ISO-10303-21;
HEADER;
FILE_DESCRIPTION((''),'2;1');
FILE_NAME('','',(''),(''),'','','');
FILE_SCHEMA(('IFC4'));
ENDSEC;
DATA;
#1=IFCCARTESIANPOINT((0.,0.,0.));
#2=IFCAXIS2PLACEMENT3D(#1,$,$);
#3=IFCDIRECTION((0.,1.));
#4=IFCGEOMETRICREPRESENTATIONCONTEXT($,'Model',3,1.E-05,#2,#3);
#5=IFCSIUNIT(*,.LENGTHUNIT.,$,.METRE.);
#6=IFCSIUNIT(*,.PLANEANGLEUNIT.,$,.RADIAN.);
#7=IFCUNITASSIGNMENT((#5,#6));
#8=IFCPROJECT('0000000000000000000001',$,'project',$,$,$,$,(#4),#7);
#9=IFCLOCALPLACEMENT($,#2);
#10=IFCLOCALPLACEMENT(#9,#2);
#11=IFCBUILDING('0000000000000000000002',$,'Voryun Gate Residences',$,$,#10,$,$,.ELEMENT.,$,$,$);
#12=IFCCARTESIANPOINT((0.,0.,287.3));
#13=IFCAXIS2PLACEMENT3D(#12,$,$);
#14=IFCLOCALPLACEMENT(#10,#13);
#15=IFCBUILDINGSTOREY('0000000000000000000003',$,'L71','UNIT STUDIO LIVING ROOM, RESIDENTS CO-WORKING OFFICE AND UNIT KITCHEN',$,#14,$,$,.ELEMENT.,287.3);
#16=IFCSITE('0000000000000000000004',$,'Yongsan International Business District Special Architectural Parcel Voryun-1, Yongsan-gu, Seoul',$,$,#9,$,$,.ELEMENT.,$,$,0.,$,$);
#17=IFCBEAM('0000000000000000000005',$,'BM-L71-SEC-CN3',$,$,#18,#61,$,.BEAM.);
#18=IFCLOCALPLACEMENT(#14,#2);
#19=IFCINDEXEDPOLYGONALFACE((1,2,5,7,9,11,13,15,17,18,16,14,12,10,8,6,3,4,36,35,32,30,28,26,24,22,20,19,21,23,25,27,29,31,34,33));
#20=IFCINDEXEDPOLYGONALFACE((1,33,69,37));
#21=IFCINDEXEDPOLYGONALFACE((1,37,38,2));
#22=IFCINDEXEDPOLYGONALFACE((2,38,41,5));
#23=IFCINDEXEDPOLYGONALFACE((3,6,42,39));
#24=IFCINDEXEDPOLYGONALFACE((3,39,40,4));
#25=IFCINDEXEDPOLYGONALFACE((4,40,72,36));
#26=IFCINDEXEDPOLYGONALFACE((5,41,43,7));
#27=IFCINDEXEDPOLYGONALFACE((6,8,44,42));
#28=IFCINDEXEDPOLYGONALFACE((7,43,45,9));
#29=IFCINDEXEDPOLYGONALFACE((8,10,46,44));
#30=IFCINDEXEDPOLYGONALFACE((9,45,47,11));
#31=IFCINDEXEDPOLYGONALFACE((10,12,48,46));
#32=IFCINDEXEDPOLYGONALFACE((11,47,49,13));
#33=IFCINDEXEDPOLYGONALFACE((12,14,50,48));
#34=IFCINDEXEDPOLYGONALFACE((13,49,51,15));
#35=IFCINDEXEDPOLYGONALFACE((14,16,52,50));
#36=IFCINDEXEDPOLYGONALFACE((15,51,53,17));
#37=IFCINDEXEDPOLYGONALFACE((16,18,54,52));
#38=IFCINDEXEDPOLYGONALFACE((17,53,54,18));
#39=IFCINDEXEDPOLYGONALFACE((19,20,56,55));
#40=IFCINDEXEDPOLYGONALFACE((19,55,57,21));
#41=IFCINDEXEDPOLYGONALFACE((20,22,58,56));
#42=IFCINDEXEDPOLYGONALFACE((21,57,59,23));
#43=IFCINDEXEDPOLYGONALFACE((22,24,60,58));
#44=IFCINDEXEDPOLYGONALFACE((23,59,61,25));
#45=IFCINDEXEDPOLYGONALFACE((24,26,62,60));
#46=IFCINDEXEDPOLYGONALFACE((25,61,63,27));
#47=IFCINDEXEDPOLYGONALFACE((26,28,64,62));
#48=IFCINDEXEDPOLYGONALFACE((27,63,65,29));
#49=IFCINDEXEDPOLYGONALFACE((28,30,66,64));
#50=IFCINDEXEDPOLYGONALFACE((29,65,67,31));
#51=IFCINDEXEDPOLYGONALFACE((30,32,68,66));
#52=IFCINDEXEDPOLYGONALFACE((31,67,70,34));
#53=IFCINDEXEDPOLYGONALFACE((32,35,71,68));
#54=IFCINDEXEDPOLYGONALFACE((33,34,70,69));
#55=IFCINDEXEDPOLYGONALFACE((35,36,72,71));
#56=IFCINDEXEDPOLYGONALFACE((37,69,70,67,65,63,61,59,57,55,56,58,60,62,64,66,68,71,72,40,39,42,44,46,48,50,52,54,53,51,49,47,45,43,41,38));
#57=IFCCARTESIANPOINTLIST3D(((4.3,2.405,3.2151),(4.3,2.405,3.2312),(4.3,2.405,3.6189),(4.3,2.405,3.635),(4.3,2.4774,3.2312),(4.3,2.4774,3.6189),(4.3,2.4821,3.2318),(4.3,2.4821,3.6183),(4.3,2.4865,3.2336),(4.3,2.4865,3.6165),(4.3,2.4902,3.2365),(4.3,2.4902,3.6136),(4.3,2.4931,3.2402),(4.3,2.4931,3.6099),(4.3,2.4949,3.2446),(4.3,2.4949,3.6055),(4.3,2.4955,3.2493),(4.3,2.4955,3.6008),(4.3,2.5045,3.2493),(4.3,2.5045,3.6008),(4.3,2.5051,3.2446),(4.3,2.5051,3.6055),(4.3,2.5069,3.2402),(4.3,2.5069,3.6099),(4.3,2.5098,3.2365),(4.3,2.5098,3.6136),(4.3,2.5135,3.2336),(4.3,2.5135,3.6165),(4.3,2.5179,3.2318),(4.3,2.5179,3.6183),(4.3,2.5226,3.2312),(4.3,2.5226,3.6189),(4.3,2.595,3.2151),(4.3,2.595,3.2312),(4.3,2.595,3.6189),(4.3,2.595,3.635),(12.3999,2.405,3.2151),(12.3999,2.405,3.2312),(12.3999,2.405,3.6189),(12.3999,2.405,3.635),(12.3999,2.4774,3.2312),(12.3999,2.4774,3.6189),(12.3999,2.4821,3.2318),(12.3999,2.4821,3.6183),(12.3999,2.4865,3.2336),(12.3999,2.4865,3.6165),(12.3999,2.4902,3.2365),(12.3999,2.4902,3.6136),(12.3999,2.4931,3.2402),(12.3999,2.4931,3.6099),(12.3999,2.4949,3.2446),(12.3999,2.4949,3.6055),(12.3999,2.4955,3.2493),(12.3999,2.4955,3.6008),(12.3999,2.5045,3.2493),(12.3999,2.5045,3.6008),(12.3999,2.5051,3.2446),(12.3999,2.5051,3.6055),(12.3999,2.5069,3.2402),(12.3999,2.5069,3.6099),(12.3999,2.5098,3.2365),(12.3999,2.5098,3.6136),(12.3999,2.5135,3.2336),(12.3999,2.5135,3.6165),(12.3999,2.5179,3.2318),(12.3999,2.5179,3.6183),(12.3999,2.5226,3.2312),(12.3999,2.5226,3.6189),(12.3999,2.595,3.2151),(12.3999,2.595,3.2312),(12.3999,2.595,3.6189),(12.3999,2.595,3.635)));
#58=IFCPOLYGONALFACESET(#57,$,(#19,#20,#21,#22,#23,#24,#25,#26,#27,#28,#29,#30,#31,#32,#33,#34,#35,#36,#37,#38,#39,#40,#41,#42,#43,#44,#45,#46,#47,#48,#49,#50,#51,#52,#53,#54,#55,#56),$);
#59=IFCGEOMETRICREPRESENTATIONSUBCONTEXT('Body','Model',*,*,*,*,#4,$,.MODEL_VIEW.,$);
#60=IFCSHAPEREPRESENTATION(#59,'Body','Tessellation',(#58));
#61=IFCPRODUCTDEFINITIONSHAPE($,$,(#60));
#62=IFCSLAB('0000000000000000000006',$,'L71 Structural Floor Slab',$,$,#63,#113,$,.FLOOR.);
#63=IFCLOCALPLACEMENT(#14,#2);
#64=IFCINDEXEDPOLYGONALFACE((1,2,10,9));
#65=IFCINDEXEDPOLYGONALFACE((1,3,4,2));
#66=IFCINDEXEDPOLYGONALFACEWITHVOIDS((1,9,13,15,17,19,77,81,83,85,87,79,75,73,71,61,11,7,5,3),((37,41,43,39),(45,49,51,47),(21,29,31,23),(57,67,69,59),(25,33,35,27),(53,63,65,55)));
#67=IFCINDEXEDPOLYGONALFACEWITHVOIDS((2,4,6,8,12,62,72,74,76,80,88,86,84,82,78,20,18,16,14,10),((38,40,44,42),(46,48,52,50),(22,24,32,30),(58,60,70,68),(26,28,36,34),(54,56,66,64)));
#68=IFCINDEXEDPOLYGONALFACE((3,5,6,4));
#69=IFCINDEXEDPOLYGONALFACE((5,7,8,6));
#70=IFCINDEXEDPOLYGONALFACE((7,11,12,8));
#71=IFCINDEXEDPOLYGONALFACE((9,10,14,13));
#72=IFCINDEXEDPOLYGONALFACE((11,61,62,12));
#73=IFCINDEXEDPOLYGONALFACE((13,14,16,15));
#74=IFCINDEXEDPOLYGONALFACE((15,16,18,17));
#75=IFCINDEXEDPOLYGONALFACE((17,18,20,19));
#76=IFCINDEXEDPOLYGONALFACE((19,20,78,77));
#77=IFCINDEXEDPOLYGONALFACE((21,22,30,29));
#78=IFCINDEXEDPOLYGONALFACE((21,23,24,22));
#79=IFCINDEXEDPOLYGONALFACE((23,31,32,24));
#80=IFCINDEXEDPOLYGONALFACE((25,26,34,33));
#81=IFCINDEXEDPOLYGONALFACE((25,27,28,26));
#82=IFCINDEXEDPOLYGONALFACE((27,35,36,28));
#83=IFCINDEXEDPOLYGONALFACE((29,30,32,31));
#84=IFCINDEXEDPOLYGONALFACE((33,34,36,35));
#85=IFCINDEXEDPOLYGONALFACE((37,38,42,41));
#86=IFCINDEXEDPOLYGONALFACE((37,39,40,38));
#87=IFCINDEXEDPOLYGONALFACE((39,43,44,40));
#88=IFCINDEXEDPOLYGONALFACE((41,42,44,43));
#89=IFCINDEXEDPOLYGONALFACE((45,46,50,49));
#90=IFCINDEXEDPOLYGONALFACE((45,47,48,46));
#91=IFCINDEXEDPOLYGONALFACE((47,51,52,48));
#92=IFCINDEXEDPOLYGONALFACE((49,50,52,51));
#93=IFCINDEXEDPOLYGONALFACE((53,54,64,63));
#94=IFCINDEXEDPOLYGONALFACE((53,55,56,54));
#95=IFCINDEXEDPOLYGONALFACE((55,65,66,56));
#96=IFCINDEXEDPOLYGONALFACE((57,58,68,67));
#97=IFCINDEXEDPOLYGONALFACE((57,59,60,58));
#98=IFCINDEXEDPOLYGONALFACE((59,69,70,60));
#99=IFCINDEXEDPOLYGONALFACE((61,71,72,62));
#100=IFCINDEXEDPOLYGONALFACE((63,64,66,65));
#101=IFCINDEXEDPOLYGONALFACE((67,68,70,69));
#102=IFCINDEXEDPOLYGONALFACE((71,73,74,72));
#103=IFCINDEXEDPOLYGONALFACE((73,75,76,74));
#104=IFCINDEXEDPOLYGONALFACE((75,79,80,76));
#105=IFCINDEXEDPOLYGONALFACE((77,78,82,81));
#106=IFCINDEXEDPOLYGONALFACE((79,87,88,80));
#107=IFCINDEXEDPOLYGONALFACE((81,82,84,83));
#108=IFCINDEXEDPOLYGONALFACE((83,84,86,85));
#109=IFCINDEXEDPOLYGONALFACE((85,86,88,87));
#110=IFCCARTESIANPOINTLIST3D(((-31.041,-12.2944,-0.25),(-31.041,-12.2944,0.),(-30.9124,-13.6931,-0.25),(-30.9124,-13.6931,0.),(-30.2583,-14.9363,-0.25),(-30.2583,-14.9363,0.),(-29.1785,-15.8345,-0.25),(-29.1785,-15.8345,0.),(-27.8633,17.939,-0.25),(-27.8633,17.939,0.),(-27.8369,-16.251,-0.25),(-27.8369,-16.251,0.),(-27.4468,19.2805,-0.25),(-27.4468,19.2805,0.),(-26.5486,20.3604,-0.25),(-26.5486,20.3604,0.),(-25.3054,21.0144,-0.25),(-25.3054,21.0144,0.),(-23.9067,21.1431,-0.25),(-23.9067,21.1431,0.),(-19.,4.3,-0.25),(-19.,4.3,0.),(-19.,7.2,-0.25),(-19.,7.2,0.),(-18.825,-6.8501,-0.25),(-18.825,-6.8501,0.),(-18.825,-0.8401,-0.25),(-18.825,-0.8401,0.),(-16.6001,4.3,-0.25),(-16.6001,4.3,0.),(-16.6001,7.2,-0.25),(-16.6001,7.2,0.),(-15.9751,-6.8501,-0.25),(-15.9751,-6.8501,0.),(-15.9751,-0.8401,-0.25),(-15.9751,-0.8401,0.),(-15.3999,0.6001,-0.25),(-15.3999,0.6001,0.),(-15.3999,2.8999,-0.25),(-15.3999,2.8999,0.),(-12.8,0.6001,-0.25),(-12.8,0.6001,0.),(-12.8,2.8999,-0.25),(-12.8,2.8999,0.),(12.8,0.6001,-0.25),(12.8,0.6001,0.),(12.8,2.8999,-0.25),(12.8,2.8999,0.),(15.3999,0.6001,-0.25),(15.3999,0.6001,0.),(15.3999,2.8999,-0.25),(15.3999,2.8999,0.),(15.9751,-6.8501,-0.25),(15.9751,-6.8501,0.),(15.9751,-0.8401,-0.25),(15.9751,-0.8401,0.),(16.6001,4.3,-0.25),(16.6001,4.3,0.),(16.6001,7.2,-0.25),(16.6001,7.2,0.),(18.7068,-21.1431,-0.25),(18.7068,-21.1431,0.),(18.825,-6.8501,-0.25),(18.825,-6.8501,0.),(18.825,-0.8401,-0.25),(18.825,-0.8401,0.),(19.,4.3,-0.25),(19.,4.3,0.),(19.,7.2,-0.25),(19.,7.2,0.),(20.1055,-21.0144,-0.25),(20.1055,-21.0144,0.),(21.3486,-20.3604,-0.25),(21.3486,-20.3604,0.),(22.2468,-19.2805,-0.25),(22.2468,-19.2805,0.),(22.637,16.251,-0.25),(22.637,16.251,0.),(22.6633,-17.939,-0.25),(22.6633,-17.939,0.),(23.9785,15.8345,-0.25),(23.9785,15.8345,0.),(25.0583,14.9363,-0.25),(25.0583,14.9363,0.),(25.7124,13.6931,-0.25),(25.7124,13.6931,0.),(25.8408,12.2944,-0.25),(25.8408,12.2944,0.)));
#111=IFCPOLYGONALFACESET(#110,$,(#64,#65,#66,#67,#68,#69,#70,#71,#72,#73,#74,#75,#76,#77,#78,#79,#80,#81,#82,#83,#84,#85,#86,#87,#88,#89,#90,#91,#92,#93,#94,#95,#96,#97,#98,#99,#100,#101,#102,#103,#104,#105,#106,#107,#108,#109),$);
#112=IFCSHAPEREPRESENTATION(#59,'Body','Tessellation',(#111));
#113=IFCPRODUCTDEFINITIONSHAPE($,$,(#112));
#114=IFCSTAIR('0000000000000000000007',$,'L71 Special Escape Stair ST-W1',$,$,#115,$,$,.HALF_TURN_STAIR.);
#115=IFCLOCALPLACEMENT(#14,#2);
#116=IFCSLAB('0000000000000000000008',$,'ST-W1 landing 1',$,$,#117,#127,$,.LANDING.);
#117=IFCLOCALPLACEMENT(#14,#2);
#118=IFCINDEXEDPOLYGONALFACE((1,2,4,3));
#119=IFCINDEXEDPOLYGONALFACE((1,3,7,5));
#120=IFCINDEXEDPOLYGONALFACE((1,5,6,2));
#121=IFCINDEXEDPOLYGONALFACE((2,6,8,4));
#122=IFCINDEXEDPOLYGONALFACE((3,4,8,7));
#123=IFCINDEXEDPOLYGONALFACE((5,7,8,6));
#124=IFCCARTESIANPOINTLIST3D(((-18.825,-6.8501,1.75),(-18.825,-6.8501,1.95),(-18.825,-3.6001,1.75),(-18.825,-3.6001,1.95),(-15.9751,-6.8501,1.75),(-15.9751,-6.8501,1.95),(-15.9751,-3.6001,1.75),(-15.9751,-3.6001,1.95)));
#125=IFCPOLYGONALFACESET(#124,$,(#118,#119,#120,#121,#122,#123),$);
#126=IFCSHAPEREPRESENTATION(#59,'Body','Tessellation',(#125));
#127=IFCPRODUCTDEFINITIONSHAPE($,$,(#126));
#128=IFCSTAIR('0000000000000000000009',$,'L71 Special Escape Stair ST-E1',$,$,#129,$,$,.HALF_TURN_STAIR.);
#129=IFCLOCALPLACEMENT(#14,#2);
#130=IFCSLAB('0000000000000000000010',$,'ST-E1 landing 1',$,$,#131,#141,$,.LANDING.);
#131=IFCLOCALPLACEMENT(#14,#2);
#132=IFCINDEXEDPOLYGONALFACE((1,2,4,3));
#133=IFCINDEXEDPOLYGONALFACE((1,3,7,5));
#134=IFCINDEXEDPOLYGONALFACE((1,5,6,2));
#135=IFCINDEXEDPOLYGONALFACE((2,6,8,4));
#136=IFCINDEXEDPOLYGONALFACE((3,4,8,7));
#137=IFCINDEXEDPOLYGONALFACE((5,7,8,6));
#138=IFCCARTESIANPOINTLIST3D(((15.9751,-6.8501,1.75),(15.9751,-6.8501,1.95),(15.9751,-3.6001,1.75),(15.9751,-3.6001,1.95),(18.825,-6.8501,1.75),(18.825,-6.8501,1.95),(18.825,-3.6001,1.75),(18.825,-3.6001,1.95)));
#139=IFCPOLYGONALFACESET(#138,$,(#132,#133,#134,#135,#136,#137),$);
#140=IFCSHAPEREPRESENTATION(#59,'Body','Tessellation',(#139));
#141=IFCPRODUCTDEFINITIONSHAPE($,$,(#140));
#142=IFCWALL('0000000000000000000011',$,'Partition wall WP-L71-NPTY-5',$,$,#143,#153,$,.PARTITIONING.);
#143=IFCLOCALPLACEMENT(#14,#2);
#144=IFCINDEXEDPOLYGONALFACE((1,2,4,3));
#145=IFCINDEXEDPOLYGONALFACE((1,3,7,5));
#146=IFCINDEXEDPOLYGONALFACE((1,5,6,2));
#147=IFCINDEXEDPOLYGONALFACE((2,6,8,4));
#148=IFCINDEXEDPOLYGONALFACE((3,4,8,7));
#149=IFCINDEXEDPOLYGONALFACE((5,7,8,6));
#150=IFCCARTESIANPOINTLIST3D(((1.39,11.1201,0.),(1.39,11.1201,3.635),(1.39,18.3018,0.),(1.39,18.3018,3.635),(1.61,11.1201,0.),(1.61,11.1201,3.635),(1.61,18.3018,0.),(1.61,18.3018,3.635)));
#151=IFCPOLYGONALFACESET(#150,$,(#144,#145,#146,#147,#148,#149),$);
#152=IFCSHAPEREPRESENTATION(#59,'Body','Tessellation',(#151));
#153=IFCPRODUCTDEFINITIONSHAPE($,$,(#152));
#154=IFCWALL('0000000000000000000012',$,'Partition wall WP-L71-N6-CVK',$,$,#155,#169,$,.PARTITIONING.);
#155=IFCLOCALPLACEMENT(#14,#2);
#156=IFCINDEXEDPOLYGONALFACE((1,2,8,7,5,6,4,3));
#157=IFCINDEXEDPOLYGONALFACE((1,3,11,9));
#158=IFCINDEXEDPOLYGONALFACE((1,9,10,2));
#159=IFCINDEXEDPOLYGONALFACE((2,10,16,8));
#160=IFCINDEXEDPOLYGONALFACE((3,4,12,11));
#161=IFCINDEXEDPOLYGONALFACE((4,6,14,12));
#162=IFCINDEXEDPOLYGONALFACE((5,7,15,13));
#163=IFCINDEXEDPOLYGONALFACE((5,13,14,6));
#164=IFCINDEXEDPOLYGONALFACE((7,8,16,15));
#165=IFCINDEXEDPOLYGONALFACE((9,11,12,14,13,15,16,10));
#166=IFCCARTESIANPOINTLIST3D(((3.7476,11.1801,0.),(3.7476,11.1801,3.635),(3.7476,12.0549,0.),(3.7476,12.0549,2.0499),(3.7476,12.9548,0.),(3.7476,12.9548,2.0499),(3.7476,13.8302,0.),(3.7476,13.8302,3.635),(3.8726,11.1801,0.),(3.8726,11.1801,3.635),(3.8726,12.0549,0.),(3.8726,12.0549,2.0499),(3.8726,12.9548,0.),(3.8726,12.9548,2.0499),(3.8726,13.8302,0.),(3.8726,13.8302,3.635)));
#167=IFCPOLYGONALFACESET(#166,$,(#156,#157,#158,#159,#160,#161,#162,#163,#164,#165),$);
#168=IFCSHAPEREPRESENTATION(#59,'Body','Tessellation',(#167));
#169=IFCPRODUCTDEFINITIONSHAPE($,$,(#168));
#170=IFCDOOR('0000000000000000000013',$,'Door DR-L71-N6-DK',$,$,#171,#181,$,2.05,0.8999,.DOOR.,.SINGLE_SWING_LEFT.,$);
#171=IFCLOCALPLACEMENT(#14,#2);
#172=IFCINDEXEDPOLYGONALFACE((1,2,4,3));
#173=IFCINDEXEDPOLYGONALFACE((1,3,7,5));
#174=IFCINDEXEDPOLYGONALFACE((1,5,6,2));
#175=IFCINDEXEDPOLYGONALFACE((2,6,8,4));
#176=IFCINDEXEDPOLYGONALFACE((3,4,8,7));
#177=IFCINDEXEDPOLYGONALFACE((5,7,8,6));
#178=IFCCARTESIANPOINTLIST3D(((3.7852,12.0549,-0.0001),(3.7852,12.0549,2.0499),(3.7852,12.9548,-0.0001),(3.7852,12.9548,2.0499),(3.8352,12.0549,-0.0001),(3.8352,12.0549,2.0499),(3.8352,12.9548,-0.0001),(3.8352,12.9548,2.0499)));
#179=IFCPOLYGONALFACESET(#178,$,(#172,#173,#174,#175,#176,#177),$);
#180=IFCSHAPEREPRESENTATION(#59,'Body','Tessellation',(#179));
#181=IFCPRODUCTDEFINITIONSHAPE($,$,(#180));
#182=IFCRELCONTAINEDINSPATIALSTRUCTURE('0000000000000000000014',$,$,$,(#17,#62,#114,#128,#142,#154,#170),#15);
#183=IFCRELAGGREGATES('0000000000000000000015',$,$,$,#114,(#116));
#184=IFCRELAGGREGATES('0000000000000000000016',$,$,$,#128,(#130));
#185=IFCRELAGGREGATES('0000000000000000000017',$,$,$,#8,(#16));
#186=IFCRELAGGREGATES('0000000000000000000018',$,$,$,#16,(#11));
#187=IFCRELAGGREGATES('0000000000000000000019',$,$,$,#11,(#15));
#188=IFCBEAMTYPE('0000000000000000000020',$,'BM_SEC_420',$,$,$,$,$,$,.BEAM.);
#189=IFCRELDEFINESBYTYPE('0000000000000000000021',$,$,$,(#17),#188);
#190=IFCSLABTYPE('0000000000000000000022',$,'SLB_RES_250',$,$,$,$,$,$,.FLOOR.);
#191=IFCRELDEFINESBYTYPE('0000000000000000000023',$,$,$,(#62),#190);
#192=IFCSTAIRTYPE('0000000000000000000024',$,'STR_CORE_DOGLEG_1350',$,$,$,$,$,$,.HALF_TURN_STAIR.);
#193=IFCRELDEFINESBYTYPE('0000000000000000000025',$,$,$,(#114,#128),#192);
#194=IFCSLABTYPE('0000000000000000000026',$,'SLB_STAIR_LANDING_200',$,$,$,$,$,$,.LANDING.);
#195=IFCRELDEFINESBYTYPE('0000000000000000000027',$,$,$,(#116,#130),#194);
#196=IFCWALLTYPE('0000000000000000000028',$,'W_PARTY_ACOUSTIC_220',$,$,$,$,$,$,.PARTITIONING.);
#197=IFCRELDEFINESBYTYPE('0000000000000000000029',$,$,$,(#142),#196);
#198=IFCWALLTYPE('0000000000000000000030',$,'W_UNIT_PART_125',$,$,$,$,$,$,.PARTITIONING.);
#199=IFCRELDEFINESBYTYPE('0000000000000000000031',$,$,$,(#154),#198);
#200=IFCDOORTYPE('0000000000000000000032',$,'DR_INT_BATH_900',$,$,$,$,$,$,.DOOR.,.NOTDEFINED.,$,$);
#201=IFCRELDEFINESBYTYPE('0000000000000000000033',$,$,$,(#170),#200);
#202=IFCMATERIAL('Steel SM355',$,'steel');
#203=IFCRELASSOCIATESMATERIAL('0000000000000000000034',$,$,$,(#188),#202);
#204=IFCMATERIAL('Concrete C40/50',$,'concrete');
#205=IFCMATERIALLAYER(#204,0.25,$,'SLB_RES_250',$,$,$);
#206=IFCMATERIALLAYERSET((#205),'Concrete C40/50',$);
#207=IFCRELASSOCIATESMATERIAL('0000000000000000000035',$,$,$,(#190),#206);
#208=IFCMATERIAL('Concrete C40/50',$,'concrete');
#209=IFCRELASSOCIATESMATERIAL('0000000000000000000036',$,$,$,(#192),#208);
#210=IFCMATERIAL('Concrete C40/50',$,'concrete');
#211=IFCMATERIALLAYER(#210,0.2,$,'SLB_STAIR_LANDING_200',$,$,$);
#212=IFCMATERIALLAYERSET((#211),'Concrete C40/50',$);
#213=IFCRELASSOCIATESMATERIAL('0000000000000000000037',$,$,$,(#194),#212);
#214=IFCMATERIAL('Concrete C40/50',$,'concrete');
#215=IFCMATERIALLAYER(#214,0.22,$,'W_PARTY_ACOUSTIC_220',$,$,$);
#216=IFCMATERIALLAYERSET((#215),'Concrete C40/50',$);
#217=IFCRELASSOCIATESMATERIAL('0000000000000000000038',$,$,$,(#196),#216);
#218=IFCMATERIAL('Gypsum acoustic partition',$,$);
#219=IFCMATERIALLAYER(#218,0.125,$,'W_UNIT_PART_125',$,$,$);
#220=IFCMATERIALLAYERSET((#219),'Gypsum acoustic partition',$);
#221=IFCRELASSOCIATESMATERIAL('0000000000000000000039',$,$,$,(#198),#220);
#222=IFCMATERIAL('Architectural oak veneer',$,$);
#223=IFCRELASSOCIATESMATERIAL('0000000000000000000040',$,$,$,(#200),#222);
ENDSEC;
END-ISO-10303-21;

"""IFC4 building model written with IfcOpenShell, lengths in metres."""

from ifc_helpers import new_model, si_unit, direction, frame, frame_2d, origin, origin_2d, place, context, subcontext, project, spatial, polyline, rectangle, i_section, outline, extrude, material, layer, layer_set, material_profile, profile_set, type_object, element, fill, aggregate, save


model = new_model("IFC4")

# Units and contexts
model_context = context("Model", 3, precision=1e-05, world=origin(), true_north=direction((0.0, 1.0)))
body_context = subcontext(model_context, "Body", "Model", "MODEL_VIEW")
ifc_project = project(units=[si_unit("LENGTHUNIT", "METRE"), si_unit("PLANEANGLEUNIT", "RADIAN")], contexts=[model_context])

# Site, building, storey
site_placement = place(None, origin())
site = spatial("IfcSite", under=ifc_project, at=site_placement, Name="Yongsan International Business District Special Architectural Parcel Voryun-1, Yongsan-gu, Seoul", CompositionType="ELEMENT", RefElevation=0.0)
building_placement = place(site_placement, origin())
building = spatial("IfcBuilding", under=site, at=building_placement, Name="Voryun Gate Residences", CompositionType="ELEMENT")
storey_placement = place(building_placement, frame((0.0, 0.0, 287.3)))
storey = spatial("IfcBuildingStorey", under=building, at=storey_placement, Name="L71", Description="UNIT STUDIO LIVING ROOM, RESIDENTS CO-WORKING OFFICE AND UNIT KITCHEN", CompositionType="ELEMENT", Elevation=287.3)

# Beam
ifc_material_1 = material(Name="Steel SM355", Category="steel")
ifc_material_profile_1 = material_profile(ifc_material_1, i_section(OverallWidth=0.1899, OverallDepth=0.4199, WebThickness=0.009, FlangeThickness=0.0161, FilletRadius=0.0181, at=origin_2d()), Name="H-420x190x9x16")
ifc_profile_set_1 = profile_set([ifc_material_profile_1], Name="Steel SM355")
beam_type_1 = type_object("IfcBeamType", Name="BM_SEC_420", PredefinedType="BEAM", material=ifc_profile_set_1)
beam_1_placement = place(storey_placement, frame((4.3, 2.5, 3.425), z_axis=(1.0, 0.0, 0.0), x_axis=(0.0, 1.0, 0.0)))
element("IfcBeam", 1, at=beam_1_placement, inside=storey, type_object=beam_type_1, Name="BM-L71-SEC-CN3", PredefinedType="BEAM", context=body_context, shape_type="SweptSolid", body=[
    extrude(i_section(OverallWidth=0.1899, OverallDepth=0.4199, WebThickness=0.009, FlangeThickness=0.0161, FilletRadius=0.0181, at=origin_2d()), origin(), (0.0, 0.0, 1.0), 8.0999),
])

# Slab
ifc_material_2 = material(Name="Concrete C40/50", Category="concrete")
ifc_layer_1 = layer(ifc_material_2, 0.25, Name="SLB_RES_250")
ifc_layer_set_1 = layer_set([ifc_layer_1], Name="Concrete C40/50")
slab_type_1 = type_object("IfcSlabType", Name="SLB_RES_250", PredefinedType="FLOOR", material=ifc_layer_set_1)
slab_1_placement = place(storey_placement, frame((0.0, 0.0, -0.25)))
element("IfcSlab", 2, at=slab_1_placement, inside=storey, type_object=slab_type_1, Name="L71 Structural Floor Slab", PredefinedType="FLOOR", context=body_context, shape_type="SweptSolid", body=[
    extrude(outline(polyline([(-27.8369, -16.251), (-29.1785, -15.8345), (-30.2583, -14.9363), (-30.9124, -13.6931), (-31.041, -12.2944), (-27.8633, 17.939), (-27.4468, 19.2805), (-26.5486, 20.3604), (-25.3054, 21.0144), (-23.9067, 21.1431), (22.637, 16.251), (23.9785, 15.8345), (25.0583, 14.9363), (25.7124, 13.6931), (25.8408, 12.2944), (22.6633, -17.939), (22.2468, -19.2805), (21.3486, -20.3604), (20.1055, -21.0144), (18.7068, -21.1431), (-27.8369, -16.251)]), holes=[polyline([(-15.9751, -0.8401), (-18.825, -0.8401), (-18.825, -6.8501), (-15.9751, -6.8501), (-15.9751, -0.8401)]), polyline([(18.825, -6.8501), (18.825, -0.8401), (15.9751, -0.8401), (15.9751, -6.8501), (18.825, -6.8501)]), polyline([(-12.8, 2.8999), (-15.3999, 2.8999), (-15.3999, 0.6001), (-12.8, 0.6001), (-12.8, 2.8999)]), polyline([(12.8, 2.8999), (12.8, 0.6001), (15.3999, 0.6001), (15.3999, 2.8999), (12.8, 2.8999)]), polyline([(-16.6001, 7.2), (-19.0, 7.2), (-19.0, 4.3), (-16.6001, 4.3), (-16.6001, 7.2)]), polyline([(19.0, 7.2), (16.6001, 7.2), (16.6001, 4.3), (19.0, 4.3), (19.0, 7.2)])]), origin(), (0.0, 0.0, 1.0), 0.25),
])

# Stairs, slabs
ifc_material_3 = material(Name="Concrete C40/50", Category="concrete")
stair_type = type_object("IfcStairType", Name="STR_CORE_DOGLEG_1350", PredefinedType="HALF_TURN_STAIR", material=ifc_material_3)
stair_1_placement = place(storey_placement, origin())
stair_1 = element("IfcStair", 3, at=stair_1_placement, inside=storey, type_object=stair_type, Name="L71 Special Escape Stair ST-W1", PredefinedType="HALF_TURN_STAIR")
ifc_material_4 = material(Name="Concrete C40/50", Category="concrete")
ifc_layer_2 = layer(ifc_material_4, 0.2, Name="SLB_STAIR_LANDING_200")
ifc_layer_set_2 = layer_set([ifc_layer_2], Name="Concrete C40/50")
slab_type_2 = type_object("IfcSlabType", Name="SLB_STAIR_LANDING_200", PredefinedType="LANDING", material=ifc_layer_set_2)
slab_2_placement = place(storey_placement, frame((0.0, 0.0, 1.75)))
slab_2 = element("IfcSlab", 4, at=slab_2_placement, type_object=slab_type_2, Name="ST-W1 landing 1", PredefinedType="LANDING", context=body_context, shape_type="SweptSolid", body=[
    extrude(outline(polyline([(-18.825, -3.6001), (-18.825, -6.8501), (-15.9751, -6.8501), (-15.9751, -3.6001), (-18.825, -3.6001)])), origin(), (0.0, 0.0, 1.0), 0.2),
])
aggregate(stair_1, [slab_2])
stair_2_placement = place(storey_placement, origin())
stair_2 = element("IfcStair", 5, at=stair_2_placement, inside=storey, type_object=stair_type, Name="L71 Special Escape Stair ST-E1", PredefinedType="HALF_TURN_STAIR")
slab_3_placement = place(storey_placement, frame((0.0, 0.0, 1.75)))
slab_3 = element("IfcSlab", 6, at=slab_3_placement, type_object=slab_type_2, Name="ST-E1 landing 1", PredefinedType="LANDING", context=body_context, shape_type="SweptSolid", body=[
    extrude(outline(polyline([(15.9751, -3.6001), (15.9751, -6.8501), (18.825, -6.8501), (18.825, -3.6001), (15.9751, -3.6001)])), origin(), (0.0, 0.0, 1.0), 0.2),
])
aggregate(stair_2, [slab_3])

# Wall
ifc_material_5 = material(Name="Concrete C40/50", Category="concrete")
ifc_layer_3 = layer(ifc_material_5, 0.22, Name="W_PARTY_ACOUSTIC_220")
ifc_layer_set_3 = layer_set([ifc_layer_3], Name="Concrete C40/50")
wall_type_1 = type_object("IfcWallType", Name="W_PARTY_ACOUSTIC_220", PredefinedType="PARTITIONING", material=ifc_layer_set_3)
wall_1_placement = place(storey_placement, frame((1.5, 11.1201, 0.0), z_axis=(0.0, 0.0, 1.0), x_axis=(0.0, 1.0, 0.0)))
element("IfcWall", 7, at=wall_1_placement, inside=storey, type_object=wall_type_1, Name="Partition wall WP-L71-NPTY-5", PredefinedType="PARTITIONING", context=body_context, shape_type="SweptSolid", body=[
    extrude(rectangle(XDim=7.1816, YDim=0.22, at=frame_2d((3.5908, 0.0))), origin(), (0.0, 0.0, 1.0), 3.635),
])

# Wall, opening, door
ifc_material_6 = material(Name="Gypsum acoustic partition")
ifc_layer_4 = layer(ifc_material_6, 0.125, Name="W_UNIT_PART_125")
ifc_layer_set_4 = layer_set([ifc_layer_4], Name="Gypsum acoustic partition")
wall_type_2 = type_object("IfcWallType", Name="W_UNIT_PART_125", PredefinedType="PARTITIONING", material=ifc_layer_set_4)
wall_2_placement = place(storey_placement, frame((3.8101, 11.1799, 0.0), z_axis=(0.0, 0.0, 1.0), x_axis=(0.0, 1.0, 0.0)))
wall_2 = element("IfcWall", 8, at=wall_2_placement, inside=storey, type_object=wall_type_2, Name="Partition wall WP-L71-N6-CVK", PredefinedType="PARTITIONING", context=body_context, shape_type="SweptSolid", body=[
    extrude(rectangle(XDim=2.6501, YDim=0.125, at=frame_2d((1.3252, 0.0))), origin(), (0.0, 0.0, 1.0), 3.635),
])
opening_1_placement = place(wall_2_placement, frame((0.875, 0.0, 0.0)))
opening_1 = element("IfcOpeningElement", 9, at=opening_1_placement, cuts=wall_2, PredefinedType="OPENING", context=body_context, shape_type="SweptSolid", body=[
    extrude(rectangle(XDim=0.8999, YDim=2.05, at=frame_2d((0.45, 1.0249))), frame((0.0, 0.0725, 0.0), z_axis=(0.0, -1.0, 0.0), x_axis=(1.0, 0.0, 0.0)), (0.0, 0.0, 1.0), 0.145),
])
ifc_material_7 = material(Name="Architectural oak veneer")
door_type = type_object("IfcDoorType", Name="DR_INT_BATH_900", OperationType="NOTDEFINED", PredefinedType="DOOR", material=ifc_material_7)
door_1_placement = place(opening_1_placement, origin())
door_1 = element("IfcDoor", 10, at=door_1_placement, inside=storey, type_object=door_type, Name="Door DR-L71-N6-DK", OperationType="SINGLE_SWING_LEFT", OverallHeight=2.05, OverallWidth=0.8999, PredefinedType="DOOR", context=body_context, shape_type="SweptSolid", body=[
    extrude(rectangle(XDim=0.8999, YDim=2.05, at=frame_2d((0.45, 1.0249))), frame((0.0, 0.0249, 0.0), z_axis=(0.0, -1.0, 0.0), x_axis=(1.0, 0.0, 0.0)), (0.0, 0.0, 1.0), 0.05),
])
fill(opening_1, door_1)

save(model, "model.ifc")
